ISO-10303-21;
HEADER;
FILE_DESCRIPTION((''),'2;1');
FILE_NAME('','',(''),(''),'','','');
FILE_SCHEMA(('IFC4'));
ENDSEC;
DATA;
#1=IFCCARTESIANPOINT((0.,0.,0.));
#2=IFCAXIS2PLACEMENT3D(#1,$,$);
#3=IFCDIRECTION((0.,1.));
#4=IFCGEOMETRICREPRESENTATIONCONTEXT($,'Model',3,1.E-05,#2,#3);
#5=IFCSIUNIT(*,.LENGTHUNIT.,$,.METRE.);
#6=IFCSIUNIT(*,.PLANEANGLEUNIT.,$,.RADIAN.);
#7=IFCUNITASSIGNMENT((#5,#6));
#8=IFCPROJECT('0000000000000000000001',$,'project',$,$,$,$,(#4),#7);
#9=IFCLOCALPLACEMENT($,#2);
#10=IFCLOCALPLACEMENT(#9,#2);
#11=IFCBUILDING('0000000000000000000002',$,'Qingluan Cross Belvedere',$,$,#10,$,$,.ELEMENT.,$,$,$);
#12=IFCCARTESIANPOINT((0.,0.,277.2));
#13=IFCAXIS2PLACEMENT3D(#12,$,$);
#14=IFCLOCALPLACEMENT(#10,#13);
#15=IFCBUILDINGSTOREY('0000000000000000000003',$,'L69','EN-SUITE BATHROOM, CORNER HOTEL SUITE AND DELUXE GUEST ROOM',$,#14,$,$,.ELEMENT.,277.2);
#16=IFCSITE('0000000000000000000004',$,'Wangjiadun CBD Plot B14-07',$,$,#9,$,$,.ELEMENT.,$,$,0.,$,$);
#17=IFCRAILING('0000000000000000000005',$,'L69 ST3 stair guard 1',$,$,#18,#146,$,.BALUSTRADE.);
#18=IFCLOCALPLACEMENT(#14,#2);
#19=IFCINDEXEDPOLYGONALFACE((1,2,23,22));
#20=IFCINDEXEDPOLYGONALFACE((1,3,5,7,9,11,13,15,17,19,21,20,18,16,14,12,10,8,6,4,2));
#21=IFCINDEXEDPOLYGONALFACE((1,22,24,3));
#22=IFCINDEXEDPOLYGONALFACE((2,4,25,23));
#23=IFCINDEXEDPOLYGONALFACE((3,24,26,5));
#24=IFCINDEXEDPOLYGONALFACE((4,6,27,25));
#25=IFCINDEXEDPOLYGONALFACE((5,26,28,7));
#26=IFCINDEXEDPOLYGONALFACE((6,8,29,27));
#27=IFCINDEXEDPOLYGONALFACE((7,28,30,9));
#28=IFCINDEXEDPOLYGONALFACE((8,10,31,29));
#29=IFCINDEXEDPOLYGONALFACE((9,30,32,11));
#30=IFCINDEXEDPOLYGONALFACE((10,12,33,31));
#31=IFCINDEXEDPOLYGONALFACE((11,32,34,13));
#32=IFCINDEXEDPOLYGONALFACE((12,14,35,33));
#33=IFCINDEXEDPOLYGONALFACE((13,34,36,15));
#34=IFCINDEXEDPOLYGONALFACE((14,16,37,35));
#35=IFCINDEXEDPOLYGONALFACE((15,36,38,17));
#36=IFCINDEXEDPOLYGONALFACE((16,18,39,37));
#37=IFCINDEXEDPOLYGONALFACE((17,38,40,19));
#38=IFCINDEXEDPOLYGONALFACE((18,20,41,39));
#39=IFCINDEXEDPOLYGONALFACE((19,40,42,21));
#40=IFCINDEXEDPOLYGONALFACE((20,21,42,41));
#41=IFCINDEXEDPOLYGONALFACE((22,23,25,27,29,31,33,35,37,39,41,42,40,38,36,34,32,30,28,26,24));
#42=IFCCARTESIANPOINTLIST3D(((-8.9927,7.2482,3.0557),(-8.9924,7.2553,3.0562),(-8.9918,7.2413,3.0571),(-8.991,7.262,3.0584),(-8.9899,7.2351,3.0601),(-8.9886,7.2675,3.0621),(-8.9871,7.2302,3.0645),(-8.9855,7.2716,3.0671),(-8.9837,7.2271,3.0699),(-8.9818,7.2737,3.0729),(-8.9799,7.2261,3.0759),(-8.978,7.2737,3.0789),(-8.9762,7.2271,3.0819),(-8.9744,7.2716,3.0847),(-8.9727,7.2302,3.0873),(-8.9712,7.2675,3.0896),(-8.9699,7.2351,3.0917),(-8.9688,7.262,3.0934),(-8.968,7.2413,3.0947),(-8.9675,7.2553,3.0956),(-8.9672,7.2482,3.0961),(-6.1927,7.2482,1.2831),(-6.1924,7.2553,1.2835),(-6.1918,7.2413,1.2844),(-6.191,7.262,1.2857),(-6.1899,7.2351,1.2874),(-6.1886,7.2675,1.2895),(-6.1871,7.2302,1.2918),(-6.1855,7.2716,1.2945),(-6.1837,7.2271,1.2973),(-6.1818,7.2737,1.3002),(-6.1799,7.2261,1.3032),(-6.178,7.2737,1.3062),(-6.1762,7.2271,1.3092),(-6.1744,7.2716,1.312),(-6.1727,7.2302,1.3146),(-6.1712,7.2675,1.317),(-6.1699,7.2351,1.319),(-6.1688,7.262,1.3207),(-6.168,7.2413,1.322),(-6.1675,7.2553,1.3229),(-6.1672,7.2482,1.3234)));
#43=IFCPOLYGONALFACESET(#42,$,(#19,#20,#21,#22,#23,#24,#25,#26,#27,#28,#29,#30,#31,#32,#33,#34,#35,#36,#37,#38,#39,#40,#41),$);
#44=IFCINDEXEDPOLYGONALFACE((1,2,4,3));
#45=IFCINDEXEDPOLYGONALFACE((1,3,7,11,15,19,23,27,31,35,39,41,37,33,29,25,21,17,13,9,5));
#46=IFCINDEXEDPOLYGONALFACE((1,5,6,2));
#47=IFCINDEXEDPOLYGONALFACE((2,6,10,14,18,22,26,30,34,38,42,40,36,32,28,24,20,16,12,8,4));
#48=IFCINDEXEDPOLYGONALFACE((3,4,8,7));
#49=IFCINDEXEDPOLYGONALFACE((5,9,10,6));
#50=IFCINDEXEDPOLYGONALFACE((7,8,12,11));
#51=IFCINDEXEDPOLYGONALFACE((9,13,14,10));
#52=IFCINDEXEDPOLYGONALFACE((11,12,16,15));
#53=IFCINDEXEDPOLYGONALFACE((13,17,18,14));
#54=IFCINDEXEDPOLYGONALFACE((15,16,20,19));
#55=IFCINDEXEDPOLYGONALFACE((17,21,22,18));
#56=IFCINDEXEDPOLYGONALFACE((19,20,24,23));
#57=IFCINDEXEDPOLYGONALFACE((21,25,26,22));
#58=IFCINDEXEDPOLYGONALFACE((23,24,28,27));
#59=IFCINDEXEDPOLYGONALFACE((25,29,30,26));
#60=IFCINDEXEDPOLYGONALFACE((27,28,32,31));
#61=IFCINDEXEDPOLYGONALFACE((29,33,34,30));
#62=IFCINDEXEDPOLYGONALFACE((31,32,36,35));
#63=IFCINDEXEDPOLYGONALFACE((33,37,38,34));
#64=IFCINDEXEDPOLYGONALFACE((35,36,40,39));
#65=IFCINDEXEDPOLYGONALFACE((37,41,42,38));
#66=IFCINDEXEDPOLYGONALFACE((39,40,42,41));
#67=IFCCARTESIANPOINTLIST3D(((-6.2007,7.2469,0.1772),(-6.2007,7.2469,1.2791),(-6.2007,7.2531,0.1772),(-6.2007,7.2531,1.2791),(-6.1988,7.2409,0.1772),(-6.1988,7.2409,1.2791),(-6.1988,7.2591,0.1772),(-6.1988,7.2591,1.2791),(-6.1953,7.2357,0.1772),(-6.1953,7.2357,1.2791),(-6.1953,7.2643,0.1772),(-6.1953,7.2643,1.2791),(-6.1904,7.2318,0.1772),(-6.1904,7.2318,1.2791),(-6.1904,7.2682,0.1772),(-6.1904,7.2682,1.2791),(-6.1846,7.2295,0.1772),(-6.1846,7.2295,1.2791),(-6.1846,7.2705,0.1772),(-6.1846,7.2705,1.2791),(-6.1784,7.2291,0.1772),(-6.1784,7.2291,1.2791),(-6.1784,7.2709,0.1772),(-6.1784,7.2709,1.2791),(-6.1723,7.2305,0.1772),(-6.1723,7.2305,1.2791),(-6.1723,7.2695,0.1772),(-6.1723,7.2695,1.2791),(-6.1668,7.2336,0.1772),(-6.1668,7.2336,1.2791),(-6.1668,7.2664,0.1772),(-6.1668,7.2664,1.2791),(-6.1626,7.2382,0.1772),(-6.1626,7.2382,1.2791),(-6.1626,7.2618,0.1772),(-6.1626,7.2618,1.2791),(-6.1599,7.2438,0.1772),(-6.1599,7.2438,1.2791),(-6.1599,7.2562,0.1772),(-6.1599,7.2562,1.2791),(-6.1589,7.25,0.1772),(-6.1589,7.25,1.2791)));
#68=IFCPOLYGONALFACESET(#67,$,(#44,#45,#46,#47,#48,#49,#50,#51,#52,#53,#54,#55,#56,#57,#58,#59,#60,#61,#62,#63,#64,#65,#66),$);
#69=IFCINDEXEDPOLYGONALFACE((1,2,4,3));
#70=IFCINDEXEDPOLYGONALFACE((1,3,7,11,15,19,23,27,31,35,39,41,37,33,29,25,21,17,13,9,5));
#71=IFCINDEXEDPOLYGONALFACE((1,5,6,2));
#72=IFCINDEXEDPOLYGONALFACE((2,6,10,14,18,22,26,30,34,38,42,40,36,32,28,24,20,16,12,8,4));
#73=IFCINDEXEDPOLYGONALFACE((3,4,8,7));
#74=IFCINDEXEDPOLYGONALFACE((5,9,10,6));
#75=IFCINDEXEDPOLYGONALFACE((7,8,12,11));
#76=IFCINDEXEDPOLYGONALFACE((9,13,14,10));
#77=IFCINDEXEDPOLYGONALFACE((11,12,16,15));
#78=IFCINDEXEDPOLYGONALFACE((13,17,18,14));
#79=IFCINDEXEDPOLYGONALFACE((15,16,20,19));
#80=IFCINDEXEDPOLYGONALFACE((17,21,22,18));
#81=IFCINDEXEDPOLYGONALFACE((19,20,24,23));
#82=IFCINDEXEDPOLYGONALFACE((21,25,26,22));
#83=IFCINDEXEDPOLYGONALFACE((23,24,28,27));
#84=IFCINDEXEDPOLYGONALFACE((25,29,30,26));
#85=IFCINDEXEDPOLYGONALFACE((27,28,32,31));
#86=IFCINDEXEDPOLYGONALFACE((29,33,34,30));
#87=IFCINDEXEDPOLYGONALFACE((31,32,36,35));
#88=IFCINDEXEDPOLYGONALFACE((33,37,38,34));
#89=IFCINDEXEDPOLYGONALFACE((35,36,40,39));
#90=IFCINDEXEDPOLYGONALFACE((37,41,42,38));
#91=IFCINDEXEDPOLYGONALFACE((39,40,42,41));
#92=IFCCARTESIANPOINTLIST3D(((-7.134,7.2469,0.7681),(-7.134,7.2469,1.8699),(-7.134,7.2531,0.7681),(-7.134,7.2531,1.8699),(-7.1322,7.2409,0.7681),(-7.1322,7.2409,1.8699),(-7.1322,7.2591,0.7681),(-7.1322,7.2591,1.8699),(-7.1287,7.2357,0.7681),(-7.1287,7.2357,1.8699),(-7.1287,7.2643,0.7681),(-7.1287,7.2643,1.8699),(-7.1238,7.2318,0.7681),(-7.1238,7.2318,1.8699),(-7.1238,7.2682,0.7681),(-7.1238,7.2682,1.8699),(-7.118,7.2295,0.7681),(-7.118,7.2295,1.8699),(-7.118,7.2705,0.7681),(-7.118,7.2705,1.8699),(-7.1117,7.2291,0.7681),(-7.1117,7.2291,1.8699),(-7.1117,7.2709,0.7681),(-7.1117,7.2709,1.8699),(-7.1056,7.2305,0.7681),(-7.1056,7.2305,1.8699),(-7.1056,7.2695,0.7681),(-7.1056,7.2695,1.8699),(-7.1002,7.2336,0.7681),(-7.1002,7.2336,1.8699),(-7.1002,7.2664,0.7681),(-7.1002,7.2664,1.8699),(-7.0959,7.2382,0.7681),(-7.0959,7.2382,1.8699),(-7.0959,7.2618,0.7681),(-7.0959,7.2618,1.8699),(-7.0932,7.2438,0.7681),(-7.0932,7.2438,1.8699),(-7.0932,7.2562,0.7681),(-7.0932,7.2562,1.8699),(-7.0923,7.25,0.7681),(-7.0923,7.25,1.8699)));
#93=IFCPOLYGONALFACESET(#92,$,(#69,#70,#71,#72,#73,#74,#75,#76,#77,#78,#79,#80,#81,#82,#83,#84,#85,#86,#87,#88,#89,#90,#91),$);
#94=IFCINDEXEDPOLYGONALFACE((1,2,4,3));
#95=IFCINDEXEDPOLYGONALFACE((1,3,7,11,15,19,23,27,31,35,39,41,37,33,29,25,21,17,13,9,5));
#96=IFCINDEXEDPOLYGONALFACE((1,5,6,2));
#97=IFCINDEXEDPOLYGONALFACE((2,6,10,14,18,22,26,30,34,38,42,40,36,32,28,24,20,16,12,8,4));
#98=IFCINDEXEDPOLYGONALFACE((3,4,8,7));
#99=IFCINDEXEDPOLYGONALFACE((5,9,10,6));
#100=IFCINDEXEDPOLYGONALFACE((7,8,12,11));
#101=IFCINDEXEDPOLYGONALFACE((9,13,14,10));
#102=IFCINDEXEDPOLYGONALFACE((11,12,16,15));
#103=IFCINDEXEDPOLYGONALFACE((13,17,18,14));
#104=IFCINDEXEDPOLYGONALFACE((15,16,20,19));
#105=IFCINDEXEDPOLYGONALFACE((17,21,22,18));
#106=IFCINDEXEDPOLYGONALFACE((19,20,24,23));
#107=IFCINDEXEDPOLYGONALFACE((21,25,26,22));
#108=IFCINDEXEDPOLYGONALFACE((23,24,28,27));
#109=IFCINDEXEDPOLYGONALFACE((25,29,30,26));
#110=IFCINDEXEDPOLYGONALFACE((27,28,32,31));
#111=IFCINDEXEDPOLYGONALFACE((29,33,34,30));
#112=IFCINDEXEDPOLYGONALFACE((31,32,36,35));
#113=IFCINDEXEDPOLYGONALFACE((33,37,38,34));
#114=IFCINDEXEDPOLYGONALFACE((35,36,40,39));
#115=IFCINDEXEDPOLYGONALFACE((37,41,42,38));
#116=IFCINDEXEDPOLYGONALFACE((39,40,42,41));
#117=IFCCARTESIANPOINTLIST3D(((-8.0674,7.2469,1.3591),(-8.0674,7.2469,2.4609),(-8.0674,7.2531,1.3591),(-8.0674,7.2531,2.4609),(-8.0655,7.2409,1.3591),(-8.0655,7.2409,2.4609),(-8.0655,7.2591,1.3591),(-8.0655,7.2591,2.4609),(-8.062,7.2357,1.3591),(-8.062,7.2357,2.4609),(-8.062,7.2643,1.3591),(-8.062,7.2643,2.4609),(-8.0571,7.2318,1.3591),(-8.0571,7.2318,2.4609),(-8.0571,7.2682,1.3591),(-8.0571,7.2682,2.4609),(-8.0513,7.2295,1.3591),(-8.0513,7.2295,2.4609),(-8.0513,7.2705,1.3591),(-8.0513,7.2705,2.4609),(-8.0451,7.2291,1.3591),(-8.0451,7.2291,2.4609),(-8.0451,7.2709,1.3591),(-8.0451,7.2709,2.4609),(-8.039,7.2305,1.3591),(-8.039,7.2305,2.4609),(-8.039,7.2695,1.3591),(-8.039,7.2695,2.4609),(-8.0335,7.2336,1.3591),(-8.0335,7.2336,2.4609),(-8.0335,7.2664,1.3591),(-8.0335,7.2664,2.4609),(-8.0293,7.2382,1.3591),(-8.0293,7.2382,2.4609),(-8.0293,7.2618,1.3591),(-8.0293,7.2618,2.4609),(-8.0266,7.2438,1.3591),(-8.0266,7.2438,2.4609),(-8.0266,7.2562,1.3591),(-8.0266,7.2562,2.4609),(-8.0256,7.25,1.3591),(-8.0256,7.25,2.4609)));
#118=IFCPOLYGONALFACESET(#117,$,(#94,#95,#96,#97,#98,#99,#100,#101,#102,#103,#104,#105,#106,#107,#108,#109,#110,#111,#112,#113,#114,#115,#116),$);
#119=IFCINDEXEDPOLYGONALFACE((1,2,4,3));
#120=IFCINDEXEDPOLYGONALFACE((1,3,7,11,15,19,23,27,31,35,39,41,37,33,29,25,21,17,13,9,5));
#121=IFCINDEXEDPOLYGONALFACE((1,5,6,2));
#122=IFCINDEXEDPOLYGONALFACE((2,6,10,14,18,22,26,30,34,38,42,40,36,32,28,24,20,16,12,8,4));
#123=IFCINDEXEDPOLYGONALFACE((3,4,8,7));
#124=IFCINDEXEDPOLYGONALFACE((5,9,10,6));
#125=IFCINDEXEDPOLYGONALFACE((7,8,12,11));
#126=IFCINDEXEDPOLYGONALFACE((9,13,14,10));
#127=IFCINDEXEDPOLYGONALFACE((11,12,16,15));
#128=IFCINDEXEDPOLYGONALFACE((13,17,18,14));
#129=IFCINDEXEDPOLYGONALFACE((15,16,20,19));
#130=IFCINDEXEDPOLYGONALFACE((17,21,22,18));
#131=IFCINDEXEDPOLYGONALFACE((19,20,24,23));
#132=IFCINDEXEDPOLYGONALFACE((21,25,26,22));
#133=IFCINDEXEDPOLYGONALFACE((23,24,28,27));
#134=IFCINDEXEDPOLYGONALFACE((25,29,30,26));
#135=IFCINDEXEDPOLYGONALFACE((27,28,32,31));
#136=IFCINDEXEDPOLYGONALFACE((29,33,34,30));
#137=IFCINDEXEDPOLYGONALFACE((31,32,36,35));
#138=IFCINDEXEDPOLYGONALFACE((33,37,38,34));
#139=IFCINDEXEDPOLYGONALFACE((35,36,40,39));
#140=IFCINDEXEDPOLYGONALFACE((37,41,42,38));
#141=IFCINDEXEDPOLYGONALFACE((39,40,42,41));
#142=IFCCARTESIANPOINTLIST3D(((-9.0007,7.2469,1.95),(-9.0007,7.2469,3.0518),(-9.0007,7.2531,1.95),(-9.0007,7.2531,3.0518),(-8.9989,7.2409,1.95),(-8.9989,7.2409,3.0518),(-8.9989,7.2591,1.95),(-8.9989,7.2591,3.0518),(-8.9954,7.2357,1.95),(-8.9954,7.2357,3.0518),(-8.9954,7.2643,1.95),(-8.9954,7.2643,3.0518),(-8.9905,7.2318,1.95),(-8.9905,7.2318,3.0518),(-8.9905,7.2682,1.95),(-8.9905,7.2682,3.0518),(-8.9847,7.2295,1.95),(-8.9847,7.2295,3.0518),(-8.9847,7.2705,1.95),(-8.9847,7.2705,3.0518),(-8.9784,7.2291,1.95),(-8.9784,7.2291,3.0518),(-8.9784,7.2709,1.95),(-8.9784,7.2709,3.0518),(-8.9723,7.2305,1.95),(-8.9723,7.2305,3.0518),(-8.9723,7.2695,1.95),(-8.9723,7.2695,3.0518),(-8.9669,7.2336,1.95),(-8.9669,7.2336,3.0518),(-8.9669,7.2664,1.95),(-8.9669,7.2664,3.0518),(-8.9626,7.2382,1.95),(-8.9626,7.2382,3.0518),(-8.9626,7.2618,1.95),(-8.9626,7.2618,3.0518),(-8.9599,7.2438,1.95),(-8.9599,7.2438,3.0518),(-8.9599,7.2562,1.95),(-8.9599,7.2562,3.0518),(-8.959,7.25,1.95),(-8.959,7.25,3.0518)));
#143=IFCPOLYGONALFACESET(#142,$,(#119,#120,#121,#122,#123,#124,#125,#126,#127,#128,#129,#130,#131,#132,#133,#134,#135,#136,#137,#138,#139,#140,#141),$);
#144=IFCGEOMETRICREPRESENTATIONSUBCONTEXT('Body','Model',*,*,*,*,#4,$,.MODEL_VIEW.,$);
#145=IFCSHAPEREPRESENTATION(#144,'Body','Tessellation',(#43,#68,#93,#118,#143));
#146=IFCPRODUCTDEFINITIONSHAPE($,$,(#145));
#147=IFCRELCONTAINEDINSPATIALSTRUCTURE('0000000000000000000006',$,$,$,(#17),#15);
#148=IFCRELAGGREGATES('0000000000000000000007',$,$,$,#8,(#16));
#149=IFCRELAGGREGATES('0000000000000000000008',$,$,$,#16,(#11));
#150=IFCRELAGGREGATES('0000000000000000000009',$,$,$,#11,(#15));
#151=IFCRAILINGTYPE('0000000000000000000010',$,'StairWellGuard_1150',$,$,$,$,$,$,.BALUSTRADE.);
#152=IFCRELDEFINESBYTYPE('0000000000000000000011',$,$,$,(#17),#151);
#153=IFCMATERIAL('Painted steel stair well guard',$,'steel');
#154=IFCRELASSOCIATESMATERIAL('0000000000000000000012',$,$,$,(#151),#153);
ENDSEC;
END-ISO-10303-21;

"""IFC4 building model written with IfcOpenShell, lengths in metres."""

from ifc_helpers import new_model, si_unit, direction, frame, origin, origin_2d, place, context, subcontext, project, spatial, circle, extrude, material, type_object, element, save


model = new_model("IFC4")

# Units and contexts
model_context = context("Model", 3, precision=1e-05, world=origin(), true_north=direction((0.0, 1.0)))
body_context = subcontext(model_context, "Body", "Model", "MODEL_VIEW")
ifc_project = project(units=[si_unit("LENGTHUNIT", "METRE"), si_unit("PLANEANGLEUNIT", "RADIAN")], contexts=[model_context])

# Site, building, storey
site_placement = place(None, origin())
site = spatial("IfcSite", under=ifc_project, at=site_placement, Name="Wangjiadun CBD Plot B14-07", CompositionType="ELEMENT", RefElevation=0.0)
building_placement = place(site_placement, origin())
building = spatial("IfcBuilding", under=site, at=building_placement, Name="Qingluan Cross Belvedere", CompositionType="ELEMENT")
storey_placement = place(building_placement, frame((0.0, 0.0, 277.2)))
storey = spatial("IfcBuildingStorey", under=building, at=storey_placement, Name="L69", Description="EN-SUITE BATHROOM, CORNER HOTEL SUITE AND DELUXE GUEST ROOM", CompositionType="ELEMENT", Elevation=277.2)

# Railing
ifc_material_1 = material(Name="Painted steel stair well guard", Category="steel")
railing_type_1 = type_object("IfcRailingType", Name="StairWellGuard_1150", PredefinedType="BALUSTRADE", material=ifc_material_1)
railing_1_placement = place(storey_placement, frame((-6.1799, 7.25, 0.1772)))
element("IfcRailing", 1, at=railing_1_placement, inside=storey, type_object=railing_type_1, Name="L69 ST3 stair guard 1", PredefinedType="BALUSTRADE", context=body_context, shape_type="SweptSolid", body=[
    extrude(circle(Radius=0.0239, at=origin_2d()), frame((0.0, 0.0, 1.126), z_axis=(-0.844909, 0.0, 0.53491), x_axis=(0.0, -1.0, 0.0)), (0.0, 0.0, 1.0), 3.314),
    extrude(circle(Radius=0.021, at=origin_2d()), origin(), (0.0, 0.0, 1.0), 1.1018),
    extrude(circle(Radius=0.021, at=origin_2d()), frame((-0.9333, 0.0, 0.5908)), (0.0, 0.0, 1.0), 1.1018),
    extrude(circle(Radius=0.021, at=origin_2d()), frame((-1.8667, 0.0, 1.1819)), (0.0, 0.0, 1.0), 1.1018),
    extrude(circle(Radius=0.021, at=origin_2d()), frame((-2.8, 0.0, 1.7727)), (0.0, 0.0, 1.0), 1.1018),
])

save(model, "model.ifc")
